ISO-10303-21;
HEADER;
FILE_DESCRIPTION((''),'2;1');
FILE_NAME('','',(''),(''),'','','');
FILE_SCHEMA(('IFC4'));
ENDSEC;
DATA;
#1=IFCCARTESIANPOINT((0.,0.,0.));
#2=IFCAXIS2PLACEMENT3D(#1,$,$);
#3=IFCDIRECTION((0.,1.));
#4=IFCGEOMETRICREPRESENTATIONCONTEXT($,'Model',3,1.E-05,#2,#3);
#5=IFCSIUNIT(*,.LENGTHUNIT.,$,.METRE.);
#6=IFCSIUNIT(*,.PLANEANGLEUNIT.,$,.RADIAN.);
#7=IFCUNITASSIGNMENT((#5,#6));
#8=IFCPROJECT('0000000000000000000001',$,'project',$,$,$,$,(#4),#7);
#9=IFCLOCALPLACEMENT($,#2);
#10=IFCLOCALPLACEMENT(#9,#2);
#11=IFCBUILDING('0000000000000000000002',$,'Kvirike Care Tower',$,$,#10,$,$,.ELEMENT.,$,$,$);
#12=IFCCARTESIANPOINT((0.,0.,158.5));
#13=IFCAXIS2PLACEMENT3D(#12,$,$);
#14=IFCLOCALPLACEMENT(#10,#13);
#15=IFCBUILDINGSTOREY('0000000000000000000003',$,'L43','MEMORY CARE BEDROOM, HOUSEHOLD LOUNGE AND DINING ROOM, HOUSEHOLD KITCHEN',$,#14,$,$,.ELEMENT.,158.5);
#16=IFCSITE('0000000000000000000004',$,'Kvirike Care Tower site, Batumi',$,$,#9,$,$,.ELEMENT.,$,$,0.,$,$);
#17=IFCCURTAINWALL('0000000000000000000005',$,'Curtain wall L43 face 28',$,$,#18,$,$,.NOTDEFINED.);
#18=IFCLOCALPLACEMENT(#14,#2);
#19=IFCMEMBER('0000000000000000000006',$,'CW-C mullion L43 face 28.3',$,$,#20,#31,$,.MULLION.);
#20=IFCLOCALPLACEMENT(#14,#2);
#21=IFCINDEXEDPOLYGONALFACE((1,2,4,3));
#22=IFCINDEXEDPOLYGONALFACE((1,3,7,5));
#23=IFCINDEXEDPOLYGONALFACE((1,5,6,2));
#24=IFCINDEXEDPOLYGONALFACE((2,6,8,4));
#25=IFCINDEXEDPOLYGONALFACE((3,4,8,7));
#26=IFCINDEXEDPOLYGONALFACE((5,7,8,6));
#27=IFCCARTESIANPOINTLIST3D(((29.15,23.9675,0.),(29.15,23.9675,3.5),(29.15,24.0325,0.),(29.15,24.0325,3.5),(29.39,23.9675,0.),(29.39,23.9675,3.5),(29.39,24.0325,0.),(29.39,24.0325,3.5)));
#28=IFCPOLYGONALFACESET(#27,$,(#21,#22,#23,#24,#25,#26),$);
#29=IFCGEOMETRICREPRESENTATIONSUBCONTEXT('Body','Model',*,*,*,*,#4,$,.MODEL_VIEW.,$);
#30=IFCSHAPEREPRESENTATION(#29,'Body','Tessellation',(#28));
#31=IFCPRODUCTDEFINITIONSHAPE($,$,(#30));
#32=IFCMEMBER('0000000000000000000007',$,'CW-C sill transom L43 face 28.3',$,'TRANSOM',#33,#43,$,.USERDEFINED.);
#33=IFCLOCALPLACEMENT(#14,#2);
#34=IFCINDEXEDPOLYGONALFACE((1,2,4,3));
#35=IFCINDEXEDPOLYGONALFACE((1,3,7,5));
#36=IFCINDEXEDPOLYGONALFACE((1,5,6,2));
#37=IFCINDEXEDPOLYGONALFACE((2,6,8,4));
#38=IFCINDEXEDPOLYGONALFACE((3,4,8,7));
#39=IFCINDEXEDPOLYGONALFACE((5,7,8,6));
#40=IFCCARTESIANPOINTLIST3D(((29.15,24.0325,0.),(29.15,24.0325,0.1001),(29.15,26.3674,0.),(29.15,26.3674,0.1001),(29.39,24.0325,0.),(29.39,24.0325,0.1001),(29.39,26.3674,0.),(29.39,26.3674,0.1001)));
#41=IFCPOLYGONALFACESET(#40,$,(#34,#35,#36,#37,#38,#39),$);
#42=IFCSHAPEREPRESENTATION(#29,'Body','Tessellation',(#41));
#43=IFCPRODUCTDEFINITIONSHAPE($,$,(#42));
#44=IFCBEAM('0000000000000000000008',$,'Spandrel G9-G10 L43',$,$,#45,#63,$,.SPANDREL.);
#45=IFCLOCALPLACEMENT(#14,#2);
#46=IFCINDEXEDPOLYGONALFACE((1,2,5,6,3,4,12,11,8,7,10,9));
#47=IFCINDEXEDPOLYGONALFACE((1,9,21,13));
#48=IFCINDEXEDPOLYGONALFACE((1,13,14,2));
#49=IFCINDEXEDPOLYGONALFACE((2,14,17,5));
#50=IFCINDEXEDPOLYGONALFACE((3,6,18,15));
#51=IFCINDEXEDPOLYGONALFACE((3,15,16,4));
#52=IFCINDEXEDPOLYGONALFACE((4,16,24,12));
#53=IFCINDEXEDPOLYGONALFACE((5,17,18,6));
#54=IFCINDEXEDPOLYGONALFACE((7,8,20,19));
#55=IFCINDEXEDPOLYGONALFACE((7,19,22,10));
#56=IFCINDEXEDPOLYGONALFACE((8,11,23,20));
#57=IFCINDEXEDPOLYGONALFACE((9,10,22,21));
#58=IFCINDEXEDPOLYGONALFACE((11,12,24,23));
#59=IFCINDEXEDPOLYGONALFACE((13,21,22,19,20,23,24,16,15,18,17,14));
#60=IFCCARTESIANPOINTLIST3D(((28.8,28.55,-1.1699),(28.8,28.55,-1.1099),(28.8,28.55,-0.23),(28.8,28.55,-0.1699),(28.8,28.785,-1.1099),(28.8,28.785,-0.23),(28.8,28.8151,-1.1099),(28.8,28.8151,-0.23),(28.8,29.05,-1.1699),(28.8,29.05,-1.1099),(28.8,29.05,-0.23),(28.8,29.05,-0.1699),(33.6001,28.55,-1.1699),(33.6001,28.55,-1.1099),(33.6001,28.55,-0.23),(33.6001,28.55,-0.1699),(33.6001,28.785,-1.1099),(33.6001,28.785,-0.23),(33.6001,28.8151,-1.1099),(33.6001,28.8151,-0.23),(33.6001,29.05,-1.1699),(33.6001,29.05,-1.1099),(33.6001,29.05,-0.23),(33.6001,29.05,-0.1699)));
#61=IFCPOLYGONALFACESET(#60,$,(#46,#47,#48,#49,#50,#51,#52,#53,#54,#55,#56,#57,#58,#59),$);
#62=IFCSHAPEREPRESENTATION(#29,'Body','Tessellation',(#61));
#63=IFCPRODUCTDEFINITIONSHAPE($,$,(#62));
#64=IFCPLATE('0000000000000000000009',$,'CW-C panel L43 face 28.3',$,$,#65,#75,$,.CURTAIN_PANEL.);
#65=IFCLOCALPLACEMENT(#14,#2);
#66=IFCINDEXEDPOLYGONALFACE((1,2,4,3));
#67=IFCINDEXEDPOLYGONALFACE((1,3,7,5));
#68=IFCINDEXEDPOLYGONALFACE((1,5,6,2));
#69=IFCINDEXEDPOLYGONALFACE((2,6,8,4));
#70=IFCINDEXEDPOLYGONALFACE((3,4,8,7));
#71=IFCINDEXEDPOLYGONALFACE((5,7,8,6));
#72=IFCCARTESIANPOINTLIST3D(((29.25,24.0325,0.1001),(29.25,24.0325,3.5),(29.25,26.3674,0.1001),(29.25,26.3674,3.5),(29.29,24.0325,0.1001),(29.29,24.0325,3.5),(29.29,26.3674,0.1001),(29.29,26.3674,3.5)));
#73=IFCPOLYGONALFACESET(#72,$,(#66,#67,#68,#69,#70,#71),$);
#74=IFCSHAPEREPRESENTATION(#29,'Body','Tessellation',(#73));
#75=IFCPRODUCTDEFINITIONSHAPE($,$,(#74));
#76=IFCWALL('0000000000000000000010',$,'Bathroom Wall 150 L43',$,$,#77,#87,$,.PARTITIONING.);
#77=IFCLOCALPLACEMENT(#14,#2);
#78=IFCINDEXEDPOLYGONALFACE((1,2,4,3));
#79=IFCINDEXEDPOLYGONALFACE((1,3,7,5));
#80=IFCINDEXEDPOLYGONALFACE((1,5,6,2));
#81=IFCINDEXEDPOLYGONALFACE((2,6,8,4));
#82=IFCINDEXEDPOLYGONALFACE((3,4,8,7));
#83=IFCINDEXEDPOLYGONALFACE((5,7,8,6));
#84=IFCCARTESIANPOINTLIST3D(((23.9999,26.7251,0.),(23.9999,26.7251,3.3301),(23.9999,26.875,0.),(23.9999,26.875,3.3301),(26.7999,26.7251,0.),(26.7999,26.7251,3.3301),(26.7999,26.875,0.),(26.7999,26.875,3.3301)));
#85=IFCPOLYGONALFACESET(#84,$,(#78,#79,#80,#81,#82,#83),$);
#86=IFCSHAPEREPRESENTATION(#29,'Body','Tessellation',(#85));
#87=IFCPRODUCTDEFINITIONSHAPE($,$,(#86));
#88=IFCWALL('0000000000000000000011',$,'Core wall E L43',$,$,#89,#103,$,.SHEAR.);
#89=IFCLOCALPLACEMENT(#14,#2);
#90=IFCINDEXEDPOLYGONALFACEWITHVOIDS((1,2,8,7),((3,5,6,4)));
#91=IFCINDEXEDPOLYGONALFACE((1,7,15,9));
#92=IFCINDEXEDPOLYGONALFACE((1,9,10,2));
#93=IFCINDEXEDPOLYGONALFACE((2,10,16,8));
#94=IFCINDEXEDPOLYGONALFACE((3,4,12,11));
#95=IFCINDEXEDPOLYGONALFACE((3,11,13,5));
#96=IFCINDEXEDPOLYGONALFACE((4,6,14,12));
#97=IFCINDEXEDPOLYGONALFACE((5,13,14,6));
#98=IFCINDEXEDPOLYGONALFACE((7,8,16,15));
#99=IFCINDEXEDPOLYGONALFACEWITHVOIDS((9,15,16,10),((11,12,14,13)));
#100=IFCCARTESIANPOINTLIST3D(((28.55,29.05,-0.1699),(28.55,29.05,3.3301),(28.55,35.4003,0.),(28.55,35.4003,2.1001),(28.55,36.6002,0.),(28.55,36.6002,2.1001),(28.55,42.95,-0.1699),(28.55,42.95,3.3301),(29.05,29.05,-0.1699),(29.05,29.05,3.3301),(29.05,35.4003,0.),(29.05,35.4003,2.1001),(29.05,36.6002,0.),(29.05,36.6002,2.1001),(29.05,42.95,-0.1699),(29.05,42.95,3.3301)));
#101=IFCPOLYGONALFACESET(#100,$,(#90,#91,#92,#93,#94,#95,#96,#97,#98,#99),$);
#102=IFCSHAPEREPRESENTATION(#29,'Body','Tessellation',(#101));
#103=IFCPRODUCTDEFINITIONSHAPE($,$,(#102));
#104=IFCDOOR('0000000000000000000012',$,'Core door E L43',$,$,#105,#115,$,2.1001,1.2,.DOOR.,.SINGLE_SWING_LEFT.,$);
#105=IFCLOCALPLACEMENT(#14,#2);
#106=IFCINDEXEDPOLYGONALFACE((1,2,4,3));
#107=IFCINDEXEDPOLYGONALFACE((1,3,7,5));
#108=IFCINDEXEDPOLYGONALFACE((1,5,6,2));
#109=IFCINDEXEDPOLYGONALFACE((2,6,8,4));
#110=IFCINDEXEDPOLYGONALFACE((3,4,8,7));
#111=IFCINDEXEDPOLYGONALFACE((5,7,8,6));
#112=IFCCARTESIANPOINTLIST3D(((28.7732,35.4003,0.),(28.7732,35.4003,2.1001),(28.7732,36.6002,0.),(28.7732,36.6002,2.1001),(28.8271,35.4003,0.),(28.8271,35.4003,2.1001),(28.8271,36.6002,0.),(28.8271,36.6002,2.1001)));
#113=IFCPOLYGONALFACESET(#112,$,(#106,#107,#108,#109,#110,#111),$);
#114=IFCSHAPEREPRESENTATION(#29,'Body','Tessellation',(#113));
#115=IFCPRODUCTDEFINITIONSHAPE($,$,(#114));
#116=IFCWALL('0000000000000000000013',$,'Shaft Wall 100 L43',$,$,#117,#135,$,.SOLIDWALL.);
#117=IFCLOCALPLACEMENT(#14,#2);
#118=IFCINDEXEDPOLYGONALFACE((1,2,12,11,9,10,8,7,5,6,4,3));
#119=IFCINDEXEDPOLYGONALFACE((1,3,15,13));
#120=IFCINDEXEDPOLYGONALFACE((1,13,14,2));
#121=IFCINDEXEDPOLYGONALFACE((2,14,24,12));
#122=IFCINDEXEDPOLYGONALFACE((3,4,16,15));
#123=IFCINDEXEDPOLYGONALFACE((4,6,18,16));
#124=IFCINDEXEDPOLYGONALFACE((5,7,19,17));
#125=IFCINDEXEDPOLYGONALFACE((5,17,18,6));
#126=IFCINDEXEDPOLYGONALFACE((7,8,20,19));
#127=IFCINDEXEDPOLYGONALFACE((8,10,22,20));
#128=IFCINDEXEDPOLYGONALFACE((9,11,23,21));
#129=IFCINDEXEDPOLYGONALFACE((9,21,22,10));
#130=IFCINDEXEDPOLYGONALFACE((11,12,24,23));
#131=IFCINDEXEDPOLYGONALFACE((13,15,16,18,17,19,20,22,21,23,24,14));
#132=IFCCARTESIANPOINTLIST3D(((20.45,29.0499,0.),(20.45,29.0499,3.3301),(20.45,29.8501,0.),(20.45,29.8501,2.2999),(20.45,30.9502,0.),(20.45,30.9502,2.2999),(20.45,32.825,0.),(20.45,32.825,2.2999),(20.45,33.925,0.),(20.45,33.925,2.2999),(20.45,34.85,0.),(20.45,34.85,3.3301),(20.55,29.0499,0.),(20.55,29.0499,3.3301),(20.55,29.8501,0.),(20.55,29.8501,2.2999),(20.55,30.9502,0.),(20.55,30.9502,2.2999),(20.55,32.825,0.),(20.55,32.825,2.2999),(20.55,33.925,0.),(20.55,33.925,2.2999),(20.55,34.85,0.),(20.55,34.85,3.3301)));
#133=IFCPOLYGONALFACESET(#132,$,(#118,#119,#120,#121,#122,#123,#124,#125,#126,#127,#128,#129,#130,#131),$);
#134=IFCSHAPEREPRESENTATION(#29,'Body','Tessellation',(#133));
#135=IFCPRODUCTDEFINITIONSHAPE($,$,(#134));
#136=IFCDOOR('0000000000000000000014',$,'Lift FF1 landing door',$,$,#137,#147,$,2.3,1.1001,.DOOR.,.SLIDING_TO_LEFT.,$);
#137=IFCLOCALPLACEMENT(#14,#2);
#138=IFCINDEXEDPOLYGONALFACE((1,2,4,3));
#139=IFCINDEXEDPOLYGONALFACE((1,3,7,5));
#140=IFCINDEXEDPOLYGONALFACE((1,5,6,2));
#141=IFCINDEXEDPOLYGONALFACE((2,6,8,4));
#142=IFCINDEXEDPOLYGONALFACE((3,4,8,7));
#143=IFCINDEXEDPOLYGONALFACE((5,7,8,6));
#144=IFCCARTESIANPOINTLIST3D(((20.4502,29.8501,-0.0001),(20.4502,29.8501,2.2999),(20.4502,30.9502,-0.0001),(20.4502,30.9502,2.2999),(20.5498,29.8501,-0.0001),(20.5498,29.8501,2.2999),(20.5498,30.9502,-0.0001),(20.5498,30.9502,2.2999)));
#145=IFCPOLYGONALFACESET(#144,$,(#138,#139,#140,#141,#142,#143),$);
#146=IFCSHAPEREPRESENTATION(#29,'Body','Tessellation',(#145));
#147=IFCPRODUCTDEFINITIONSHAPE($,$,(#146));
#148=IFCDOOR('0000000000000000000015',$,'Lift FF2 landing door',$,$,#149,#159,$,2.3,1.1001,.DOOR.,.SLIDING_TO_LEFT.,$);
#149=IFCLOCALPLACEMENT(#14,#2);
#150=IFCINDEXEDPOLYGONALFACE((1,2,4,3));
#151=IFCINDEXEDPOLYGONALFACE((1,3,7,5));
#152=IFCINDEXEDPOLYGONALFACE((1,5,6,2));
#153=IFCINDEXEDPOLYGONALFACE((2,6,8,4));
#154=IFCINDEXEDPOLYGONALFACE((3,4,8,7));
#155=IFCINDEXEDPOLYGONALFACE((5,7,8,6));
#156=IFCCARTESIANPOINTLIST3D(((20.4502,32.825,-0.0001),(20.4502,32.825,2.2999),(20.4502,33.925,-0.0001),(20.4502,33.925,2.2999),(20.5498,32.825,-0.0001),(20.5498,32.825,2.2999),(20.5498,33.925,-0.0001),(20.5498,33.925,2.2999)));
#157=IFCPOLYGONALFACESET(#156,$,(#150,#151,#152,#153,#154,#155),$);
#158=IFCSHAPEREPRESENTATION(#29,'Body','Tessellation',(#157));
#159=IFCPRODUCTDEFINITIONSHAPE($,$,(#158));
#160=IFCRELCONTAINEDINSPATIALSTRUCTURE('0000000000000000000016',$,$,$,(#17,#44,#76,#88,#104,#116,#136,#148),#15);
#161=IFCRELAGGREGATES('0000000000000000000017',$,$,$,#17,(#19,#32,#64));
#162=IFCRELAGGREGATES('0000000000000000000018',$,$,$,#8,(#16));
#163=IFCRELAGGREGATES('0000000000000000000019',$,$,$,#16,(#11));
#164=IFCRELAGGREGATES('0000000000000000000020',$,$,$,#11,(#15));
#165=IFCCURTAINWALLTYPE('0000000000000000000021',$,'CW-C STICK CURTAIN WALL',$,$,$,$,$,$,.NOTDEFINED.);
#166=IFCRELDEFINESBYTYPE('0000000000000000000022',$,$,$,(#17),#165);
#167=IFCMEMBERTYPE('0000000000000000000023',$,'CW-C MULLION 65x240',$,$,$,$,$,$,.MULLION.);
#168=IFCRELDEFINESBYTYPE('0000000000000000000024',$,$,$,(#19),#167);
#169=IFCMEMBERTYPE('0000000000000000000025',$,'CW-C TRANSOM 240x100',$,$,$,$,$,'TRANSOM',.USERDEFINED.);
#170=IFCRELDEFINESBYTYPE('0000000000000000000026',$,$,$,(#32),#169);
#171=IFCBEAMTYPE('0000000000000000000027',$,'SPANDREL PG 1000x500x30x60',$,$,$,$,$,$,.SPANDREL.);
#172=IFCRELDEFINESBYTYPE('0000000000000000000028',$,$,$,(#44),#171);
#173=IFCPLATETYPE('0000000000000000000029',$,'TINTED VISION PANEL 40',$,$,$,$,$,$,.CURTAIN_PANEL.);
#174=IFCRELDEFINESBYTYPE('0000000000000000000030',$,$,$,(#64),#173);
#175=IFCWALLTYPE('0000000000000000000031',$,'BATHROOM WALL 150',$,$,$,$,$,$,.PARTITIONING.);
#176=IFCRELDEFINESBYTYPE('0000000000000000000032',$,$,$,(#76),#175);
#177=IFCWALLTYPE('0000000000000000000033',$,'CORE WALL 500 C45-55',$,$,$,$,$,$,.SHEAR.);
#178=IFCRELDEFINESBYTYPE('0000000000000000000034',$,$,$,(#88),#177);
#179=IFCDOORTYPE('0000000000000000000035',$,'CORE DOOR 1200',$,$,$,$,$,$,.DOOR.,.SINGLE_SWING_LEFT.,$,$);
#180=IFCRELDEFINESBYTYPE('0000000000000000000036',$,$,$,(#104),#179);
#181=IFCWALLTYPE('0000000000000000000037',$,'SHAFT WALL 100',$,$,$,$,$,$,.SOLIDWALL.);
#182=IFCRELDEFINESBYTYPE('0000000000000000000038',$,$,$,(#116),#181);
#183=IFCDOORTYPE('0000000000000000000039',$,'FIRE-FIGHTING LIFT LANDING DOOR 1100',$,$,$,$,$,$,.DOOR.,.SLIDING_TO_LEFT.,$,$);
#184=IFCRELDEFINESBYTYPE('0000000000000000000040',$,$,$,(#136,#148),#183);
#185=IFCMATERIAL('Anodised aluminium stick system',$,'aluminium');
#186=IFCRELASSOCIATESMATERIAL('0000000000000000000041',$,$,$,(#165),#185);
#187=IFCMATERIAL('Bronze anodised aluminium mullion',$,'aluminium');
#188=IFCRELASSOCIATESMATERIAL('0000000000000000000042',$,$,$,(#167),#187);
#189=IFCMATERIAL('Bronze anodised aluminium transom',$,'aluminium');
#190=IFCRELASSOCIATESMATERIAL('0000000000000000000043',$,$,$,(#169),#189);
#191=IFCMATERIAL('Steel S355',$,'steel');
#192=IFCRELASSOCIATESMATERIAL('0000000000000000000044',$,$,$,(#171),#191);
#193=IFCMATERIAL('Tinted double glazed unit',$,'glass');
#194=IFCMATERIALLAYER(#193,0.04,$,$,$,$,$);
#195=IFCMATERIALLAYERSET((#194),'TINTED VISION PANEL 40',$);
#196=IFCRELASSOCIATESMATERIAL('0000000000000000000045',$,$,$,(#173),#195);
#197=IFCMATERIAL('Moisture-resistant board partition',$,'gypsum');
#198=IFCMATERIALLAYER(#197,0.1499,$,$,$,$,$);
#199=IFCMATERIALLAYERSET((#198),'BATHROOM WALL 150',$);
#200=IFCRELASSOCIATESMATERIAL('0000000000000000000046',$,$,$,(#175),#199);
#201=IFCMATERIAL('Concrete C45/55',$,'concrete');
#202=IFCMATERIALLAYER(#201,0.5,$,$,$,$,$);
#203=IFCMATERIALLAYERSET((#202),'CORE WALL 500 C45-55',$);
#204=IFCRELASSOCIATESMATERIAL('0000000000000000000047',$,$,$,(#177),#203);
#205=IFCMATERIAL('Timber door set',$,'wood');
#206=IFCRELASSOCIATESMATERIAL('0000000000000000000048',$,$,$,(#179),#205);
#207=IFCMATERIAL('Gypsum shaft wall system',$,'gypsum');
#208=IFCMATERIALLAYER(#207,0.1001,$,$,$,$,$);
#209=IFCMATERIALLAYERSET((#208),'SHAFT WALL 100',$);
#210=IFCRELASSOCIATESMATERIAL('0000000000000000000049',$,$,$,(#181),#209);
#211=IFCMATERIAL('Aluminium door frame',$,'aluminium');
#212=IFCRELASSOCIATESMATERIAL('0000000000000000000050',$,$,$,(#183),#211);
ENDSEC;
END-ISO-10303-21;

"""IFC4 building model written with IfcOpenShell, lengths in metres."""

from ifc_helpers import new_model, si_unit, direction, frame, frame_2d, origin, origin_2d, place, context, subcontext, project, spatial, rectangle, i_section, extrude, material, layer, layer_set, material_profile, profile_set, type_object, element, fill, aggregate, save


model = new_model("IFC4")

# Units and contexts
model_context = context("Model", 3, precision=1e-05, world=origin(), true_north=direction((0.0, 1.0)))
body_context = subcontext(model_context, "Body", "Model", "MODEL_VIEW")
ifc_project = project(units=[si_unit("LENGTHUNIT", "METRE"), si_unit("PLANEANGLEUNIT", "RADIAN")], contexts=[model_context])

# Site, building, storey
site_placement = place(None, origin())
site = spatial("IfcSite", under=ifc_project, at=site_placement, Name="Kvirike Care Tower site, Batumi", CompositionType="ELEMENT", RefElevation=0.0)
building_placement = place(site_placement, origin())
building = spatial("IfcBuilding", under=site, at=building_placement, Name="Kvirike Care Tower", CompositionType="ELEMENT")
storey_placement = place(building_placement, frame((0.0, 0.0, 158.5)))
storey = spatial("IfcBuildingStorey", under=building, at=storey_placement, Name="L43", Description="MEMORY CARE BEDROOM, HOUSEHOLD LOUNGE AND DINING ROOM, HOUSEHOLD KITCHEN", CompositionType="ELEMENT", Elevation=158.5)

# Curtain wall, members
ifc_material_1 = material(Name="Anodised aluminium stick system", Category="aluminium")
curtain_wall_type = type_object("IfcCurtainWallType", Name="CW-C STICK CURTAIN WALL", PredefinedType="NOTDEFINED", material=ifc_material_1)
curtain_wall_placement = place(storey_placement, origin())
curtain_wall = element("IfcCurtainWall", 1, at=curtain_wall_placement, inside=storey, type_object=curtain_wall_type, Name="Curtain wall L43 face 28", PredefinedType="NOTDEFINED")
ifc_material_2 = material(Name="Bronze anodised aluminium mullion", Category="aluminium")
ifc_material_profile_1 = material_profile(ifc_material_2, rectangle(XDim=0.0649, YDim=0.24, at=origin_2d()), Name="CW-C MULLION 65x240")
ifc_profile_set_1 = profile_set([ifc_material_profile_1], Name="Bronze anodised aluminium mullion")
member_type_1 = type_object("IfcMemberType", Name="CW-C MULLION 65x240", PredefinedType="MULLION", material=ifc_profile_set_1)
member_1_placement = place(storey_placement, frame((29.27, 24.0, 0.0), z_axis=(0.0, 0.0, 1.0), x_axis=(0.0, 1.0, 0.0)))
member_1 = element("IfcMember", 2, at=member_1_placement, type_object=member_type_1, Name="CW-C mullion L43 face 28.3", PredefinedType="MULLION", context=body_context, shape_type="SweptSolid", body=[
    extrude(rectangle(XDim=0.0649, YDim=0.24, at=origin_2d()), origin(), (0.0, 0.0, 1.0), 3.5),
])
ifc_material_3 = material(Name="Bronze anodised aluminium transom", Category="aluminium")
ifc_material_profile_2 = material_profile(ifc_material_3, rectangle(XDim=0.24, YDim=0.1001, at=origin_2d()), Name="CW-C TRANSOM 240x100")
ifc_profile_set_2 = profile_set([ifc_material_profile_2], Name="Bronze anodised aluminium transom")
member_type_2 = type_object("IfcMemberType", Name="CW-C TRANSOM 240x100", ElementType="TRANSOM", PredefinedType="USERDEFINED", material=ifc_profile_set_2)
member_2_placement = place(storey_placement, frame((29.27, 24.0325, 0.05), z_axis=(0.0, 1.0, 0.0), x_axis=(-1.0, 0.0, 0.0)))
member_2 = element("IfcMember", 3, at=member_2_placement, type_object=member_type_2, Name="CW-C sill transom L43 face 28.3", ObjectType="TRANSOM", PredefinedType="USERDEFINED", context=body_context, shape_type="SweptSolid", body=[
    extrude(rectangle(XDim=0.24, YDim=0.1001, at=origin_2d()), origin(), (0.0, 0.0, 1.0), 2.335),
])

# Beam
ifc_material_4 = material(Name="Steel S355", Category="steel")
ifc_material_profile_3 = material_profile(ifc_material_4, i_section(OverallWidth=0.5, OverallDepth=1.0, WebThickness=0.03, FlangeThickness=0.0601, at=origin_2d()), Name="PG 1000x500x30x60")
ifc_profile_set_3 = profile_set([ifc_material_profile_3], Name="Steel S355")
beam_type = type_object("IfcBeamType", Name="SPANDREL PG 1000x500x30x60", PredefinedType="SPANDREL", material=ifc_profile_set_3)
beam_placement = place(storey_placement, frame((28.8, 28.8, -0.6699), z_axis=(1.0, 0.0, 0.0), x_axis=(0.0, 1.0, 0.0)))
element("IfcBeam", 4, at=beam_placement, inside=storey, type_object=beam_type, Name="Spandrel G9-G10 L43", PredefinedType="SPANDREL", context=body_context, shape_type="SweptSolid", body=[
    extrude(i_section(OverallWidth=0.5, OverallDepth=1.0, WebThickness=0.03, FlangeThickness=0.0601, at=origin_2d()), origin(), (0.0, 0.0, 1.0), 4.8),
])

# Plate
ifc_material_5 = material(Name="Tinted double glazed unit", Category="glass")
ifc_layer_1 = layer(ifc_material_5, 0.04)
ifc_layer_set_1 = layer_set([ifc_layer_1], Name="TINTED VISION PANEL 40")
plate_type = type_object("IfcPlateType", Name="TINTED VISION PANEL 40", PredefinedType="CURTAIN_PANEL", material=ifc_layer_set_1)
plate_placement = place(storey_placement, frame((29.27, 25.2, 0.1001), z_axis=(0.0, 0.0, 1.0), x_axis=(0.0, 1.0, 0.0)))
plate = element("IfcPlate", 5, at=plate_placement, type_object=plate_type, Name="CW-C panel L43 face 28.3", PredefinedType="CURTAIN_PANEL", context=body_context, shape_type="SweptSolid", body=[
    extrude(rectangle(XDim=2.335, YDim=0.04, at=origin_2d()), origin(), (0.0, 0.0, 1.0), 3.3999),
])
aggregate(curtain_wall, [member_1, member_2, plate])

# Wall
ifc_material_6 = material(Name="Moisture-resistant board partition", Category="gypsum")
ifc_layer_2 = layer(ifc_material_6, 0.1499)
ifc_layer_set_2 = layer_set([ifc_layer_2], Name="BATHROOM WALL 150")
wall_type_1 = type_object("IfcWallType", Name="BATHROOM WALL 150", PredefinedType="PARTITIONING", material=ifc_layer_set_2)
wall_1_placement = place(storey_placement, frame((24.0, 26.8, 0.0), z_axis=(0.0, 0.0, 1.0), x_axis=(1.0, 0.0, 0.0)))
element("IfcWall", 6, at=wall_1_placement, inside=storey, type_object=wall_type_1, Name="Bathroom Wall 150 L43", PredefinedType="PARTITIONING", context=body_context, shape_type="SweptSolid", body=[
    extrude(rectangle(XDim=2.8, YDim=0.1499, at=frame_2d((1.3999, 0.0))), origin(), (0.0, 0.0, 1.0), 3.3301),
])

# Wall, opening, door
ifc_material_7 = material(Name="Concrete C45/55", Category="concrete")
ifc_layer_3 = layer(ifc_material_7, 0.5)
ifc_layer_set_3 = layer_set([ifc_layer_3], Name="CORE WALL 500 C45-55")
wall_type_2 = type_object("IfcWallType", Name="CORE WALL 500 C45-55", PredefinedType="SHEAR", material=ifc_layer_set_3)
wall_2_placement = place(storey_placement, frame((28.8, 29.05, -0.1699), z_axis=(0.0, 0.0, 1.0), x_axis=(0.0, 1.0, 0.0)))
wall_2 = element("IfcWall", 7, at=wall_2_placement, inside=storey, type_object=wall_type_2, Name="Core wall E L43", PredefinedType="SHEAR", context=body_context, shape_type="SweptSolid", body=[
    extrude(rectangle(XDim=13.8999, YDim=0.5, at=frame_2d((6.95, 0.0))), origin(), (0.0, 0.0, 1.0), 3.5),
])
opening_1_placement = place(wall_2_placement, frame((6.3501, 0.0, 0.1699)))
opening_1 = element("IfcOpeningElement", 8, at=opening_1_placement, cuts=wall_2, PredefinedType="OPENING", context=body_context, shape_type="SweptSolid", body=[
    extrude(rectangle(XDim=1.2, YDim=2.1001, at=frame_2d((0.6001, 1.05))), frame((0.0, 0.2605, 0.0), z_axis=(0.0, -1.0, 0.0), x_axis=(1.0, 0.0, 0.0)), (0.0, 0.0, 1.0), 0.521),
])
ifc_material_8 = material(Name="Timber door set", Category="wood")
door_type_1 = type_object("IfcDoorType", Name="CORE DOOR 1200", OperationType="SINGLE_SWING_LEFT", PredefinedType="DOOR", material=ifc_material_8)
door_1_placement = place(opening_1_placement, origin())
door_1 = element("IfcDoor", 9, at=door_1_placement, inside=storey, type_object=door_type_1, Name="Core door E L43", OperationType="SINGLE_SWING_LEFT", OverallHeight=2.1001, OverallWidth=1.2, PredefinedType="DOOR", context=body_context, shape_type="SweptSolid", body=[
    extrude(rectangle(XDim=1.2, YDim=2.1001, at=frame_2d((0.6001, 1.05))), frame((0.0, 0.0269, 0.0), z_axis=(0.0, -1.0, 0.0), x_axis=(1.0, 0.0, 0.0)), (0.0, 0.0, 1.0), 0.054),
])
fill(opening_1, door_1)

# Wall, openings, doors
ifc_material_9 = material(Name="Gypsum shaft wall system", Category="gypsum")
ifc_layer_4 = layer(ifc_material_9, 0.1001)
ifc_layer_set_4 = layer_set([ifc_layer_4], Name="SHAFT WALL 100")
wall_type_3 = type_object("IfcWallType", Name="SHAFT WALL 100", PredefinedType="SOLIDWALL", material=ifc_layer_set_4)
wall_3_placement = place(storey_placement, frame((20.5, 29.05, 0.0), z_axis=(0.0, 0.0, 1.0), x_axis=(0.0, 1.0, 0.0)))
wall_3 = element("IfcWall", 10, at=wall_3_placement, inside=storey, type_object=wall_type_3, Name="Shaft Wall 100 L43", PredefinedType="SOLIDWALL", context=body_context, shape_type="SweptSolid", body=[
    extrude(rectangle(XDim=5.8, YDim=0.1001, at=frame_2d((2.8999, 0.0))), origin(), (0.0, 0.0, 1.0), 3.3301),
])
opening_2_placement = place(wall_3_placement, frame((0.8, 0.0, 0.0)))
opening_2 = element("IfcOpeningElement", 11, at=opening_2_placement, cuts=wall_3, PredefinedType="OPENING", context=body_context, shape_type="SweptSolid", body=[
    extrude(rectangle(XDim=1.1001, YDim=2.3, at=frame_2d((0.55, 1.1499))), frame((0.0, 0.0605, 0.0), z_axis=(0.0, -1.0, 0.0), x_axis=(1.0, 0.0, 0.0)), (0.0, 0.0, 1.0), 0.1211),
])
opening_3_placement = place(wall_3_placement, frame((3.7749, 0.0, 0.0)))
opening_3 = element("IfcOpeningElement", 12, at=opening_3_placement, cuts=wall_3, PredefinedType="OPENING", context=body_context, shape_type="SweptSolid", body=[
    extrude(rectangle(XDim=1.1001, YDim=2.3, at=frame_2d((0.55, 1.1499))), frame((0.0, 0.0605, 0.0), z_axis=(0.0, -1.0, 0.0), x_axis=(1.0, 0.0, 0.0)), (0.0, 0.0, 1.0), 0.1211),
])
ifc_material_10 = material(Name="Aluminium door frame", Category="aluminium")
door_type_2 = type_object("IfcDoorType", Name="FIRE-FIGHTING LIFT LANDING DOOR 1100", OperationType="SLIDING_TO_LEFT", PredefinedType="DOOR", material=ifc_material_10)
door_2_placement = place(opening_2_placement, origin())
door_2 = element("IfcDoor", 13, at=door_2_placement, inside=storey, type_object=door_type_2, Name="Lift FF1 landing door", OperationType="SLIDING_TO_LEFT", OverallHeight=2.3, OverallWidth=1.1001, PredefinedType="DOOR", context=body_context, shape_type="SweptSolid", body=[
    extrude(rectangle(XDim=1.1001, YDim=2.3, at=frame_2d((0.55, 1.1499))), frame((0.0, 0.0498, 0.0), z_axis=(0.0, -1.0, 0.0), x_axis=(1.0, 0.0, 0.0)), (0.0, 0.0, 1.0), 0.0996),
])
fill(opening_2, door_2)
door_3_placement = place(opening_3_placement, origin())
door_3 = element("IfcDoor", 14, at=door_3_placement, inside=storey, type_object=door_type_2, Name="Lift FF2 landing door", OperationType="SLIDING_TO_LEFT", OverallHeight=2.3, OverallWidth=1.1001, PredefinedType="DOOR", context=body_context, shape_type="SweptSolid", body=[
    extrude(rectangle(XDim=1.1001, YDim=2.3, at=frame_2d((0.55, 1.1499))), frame((0.0, 0.0498, 0.0), z_axis=(0.0, -1.0, 0.0), x_axis=(1.0, 0.0, 0.0)), (0.0, 0.0, 1.0), 0.0996),
])
fill(opening_3, door_3)

save(model, "model.ifc")
